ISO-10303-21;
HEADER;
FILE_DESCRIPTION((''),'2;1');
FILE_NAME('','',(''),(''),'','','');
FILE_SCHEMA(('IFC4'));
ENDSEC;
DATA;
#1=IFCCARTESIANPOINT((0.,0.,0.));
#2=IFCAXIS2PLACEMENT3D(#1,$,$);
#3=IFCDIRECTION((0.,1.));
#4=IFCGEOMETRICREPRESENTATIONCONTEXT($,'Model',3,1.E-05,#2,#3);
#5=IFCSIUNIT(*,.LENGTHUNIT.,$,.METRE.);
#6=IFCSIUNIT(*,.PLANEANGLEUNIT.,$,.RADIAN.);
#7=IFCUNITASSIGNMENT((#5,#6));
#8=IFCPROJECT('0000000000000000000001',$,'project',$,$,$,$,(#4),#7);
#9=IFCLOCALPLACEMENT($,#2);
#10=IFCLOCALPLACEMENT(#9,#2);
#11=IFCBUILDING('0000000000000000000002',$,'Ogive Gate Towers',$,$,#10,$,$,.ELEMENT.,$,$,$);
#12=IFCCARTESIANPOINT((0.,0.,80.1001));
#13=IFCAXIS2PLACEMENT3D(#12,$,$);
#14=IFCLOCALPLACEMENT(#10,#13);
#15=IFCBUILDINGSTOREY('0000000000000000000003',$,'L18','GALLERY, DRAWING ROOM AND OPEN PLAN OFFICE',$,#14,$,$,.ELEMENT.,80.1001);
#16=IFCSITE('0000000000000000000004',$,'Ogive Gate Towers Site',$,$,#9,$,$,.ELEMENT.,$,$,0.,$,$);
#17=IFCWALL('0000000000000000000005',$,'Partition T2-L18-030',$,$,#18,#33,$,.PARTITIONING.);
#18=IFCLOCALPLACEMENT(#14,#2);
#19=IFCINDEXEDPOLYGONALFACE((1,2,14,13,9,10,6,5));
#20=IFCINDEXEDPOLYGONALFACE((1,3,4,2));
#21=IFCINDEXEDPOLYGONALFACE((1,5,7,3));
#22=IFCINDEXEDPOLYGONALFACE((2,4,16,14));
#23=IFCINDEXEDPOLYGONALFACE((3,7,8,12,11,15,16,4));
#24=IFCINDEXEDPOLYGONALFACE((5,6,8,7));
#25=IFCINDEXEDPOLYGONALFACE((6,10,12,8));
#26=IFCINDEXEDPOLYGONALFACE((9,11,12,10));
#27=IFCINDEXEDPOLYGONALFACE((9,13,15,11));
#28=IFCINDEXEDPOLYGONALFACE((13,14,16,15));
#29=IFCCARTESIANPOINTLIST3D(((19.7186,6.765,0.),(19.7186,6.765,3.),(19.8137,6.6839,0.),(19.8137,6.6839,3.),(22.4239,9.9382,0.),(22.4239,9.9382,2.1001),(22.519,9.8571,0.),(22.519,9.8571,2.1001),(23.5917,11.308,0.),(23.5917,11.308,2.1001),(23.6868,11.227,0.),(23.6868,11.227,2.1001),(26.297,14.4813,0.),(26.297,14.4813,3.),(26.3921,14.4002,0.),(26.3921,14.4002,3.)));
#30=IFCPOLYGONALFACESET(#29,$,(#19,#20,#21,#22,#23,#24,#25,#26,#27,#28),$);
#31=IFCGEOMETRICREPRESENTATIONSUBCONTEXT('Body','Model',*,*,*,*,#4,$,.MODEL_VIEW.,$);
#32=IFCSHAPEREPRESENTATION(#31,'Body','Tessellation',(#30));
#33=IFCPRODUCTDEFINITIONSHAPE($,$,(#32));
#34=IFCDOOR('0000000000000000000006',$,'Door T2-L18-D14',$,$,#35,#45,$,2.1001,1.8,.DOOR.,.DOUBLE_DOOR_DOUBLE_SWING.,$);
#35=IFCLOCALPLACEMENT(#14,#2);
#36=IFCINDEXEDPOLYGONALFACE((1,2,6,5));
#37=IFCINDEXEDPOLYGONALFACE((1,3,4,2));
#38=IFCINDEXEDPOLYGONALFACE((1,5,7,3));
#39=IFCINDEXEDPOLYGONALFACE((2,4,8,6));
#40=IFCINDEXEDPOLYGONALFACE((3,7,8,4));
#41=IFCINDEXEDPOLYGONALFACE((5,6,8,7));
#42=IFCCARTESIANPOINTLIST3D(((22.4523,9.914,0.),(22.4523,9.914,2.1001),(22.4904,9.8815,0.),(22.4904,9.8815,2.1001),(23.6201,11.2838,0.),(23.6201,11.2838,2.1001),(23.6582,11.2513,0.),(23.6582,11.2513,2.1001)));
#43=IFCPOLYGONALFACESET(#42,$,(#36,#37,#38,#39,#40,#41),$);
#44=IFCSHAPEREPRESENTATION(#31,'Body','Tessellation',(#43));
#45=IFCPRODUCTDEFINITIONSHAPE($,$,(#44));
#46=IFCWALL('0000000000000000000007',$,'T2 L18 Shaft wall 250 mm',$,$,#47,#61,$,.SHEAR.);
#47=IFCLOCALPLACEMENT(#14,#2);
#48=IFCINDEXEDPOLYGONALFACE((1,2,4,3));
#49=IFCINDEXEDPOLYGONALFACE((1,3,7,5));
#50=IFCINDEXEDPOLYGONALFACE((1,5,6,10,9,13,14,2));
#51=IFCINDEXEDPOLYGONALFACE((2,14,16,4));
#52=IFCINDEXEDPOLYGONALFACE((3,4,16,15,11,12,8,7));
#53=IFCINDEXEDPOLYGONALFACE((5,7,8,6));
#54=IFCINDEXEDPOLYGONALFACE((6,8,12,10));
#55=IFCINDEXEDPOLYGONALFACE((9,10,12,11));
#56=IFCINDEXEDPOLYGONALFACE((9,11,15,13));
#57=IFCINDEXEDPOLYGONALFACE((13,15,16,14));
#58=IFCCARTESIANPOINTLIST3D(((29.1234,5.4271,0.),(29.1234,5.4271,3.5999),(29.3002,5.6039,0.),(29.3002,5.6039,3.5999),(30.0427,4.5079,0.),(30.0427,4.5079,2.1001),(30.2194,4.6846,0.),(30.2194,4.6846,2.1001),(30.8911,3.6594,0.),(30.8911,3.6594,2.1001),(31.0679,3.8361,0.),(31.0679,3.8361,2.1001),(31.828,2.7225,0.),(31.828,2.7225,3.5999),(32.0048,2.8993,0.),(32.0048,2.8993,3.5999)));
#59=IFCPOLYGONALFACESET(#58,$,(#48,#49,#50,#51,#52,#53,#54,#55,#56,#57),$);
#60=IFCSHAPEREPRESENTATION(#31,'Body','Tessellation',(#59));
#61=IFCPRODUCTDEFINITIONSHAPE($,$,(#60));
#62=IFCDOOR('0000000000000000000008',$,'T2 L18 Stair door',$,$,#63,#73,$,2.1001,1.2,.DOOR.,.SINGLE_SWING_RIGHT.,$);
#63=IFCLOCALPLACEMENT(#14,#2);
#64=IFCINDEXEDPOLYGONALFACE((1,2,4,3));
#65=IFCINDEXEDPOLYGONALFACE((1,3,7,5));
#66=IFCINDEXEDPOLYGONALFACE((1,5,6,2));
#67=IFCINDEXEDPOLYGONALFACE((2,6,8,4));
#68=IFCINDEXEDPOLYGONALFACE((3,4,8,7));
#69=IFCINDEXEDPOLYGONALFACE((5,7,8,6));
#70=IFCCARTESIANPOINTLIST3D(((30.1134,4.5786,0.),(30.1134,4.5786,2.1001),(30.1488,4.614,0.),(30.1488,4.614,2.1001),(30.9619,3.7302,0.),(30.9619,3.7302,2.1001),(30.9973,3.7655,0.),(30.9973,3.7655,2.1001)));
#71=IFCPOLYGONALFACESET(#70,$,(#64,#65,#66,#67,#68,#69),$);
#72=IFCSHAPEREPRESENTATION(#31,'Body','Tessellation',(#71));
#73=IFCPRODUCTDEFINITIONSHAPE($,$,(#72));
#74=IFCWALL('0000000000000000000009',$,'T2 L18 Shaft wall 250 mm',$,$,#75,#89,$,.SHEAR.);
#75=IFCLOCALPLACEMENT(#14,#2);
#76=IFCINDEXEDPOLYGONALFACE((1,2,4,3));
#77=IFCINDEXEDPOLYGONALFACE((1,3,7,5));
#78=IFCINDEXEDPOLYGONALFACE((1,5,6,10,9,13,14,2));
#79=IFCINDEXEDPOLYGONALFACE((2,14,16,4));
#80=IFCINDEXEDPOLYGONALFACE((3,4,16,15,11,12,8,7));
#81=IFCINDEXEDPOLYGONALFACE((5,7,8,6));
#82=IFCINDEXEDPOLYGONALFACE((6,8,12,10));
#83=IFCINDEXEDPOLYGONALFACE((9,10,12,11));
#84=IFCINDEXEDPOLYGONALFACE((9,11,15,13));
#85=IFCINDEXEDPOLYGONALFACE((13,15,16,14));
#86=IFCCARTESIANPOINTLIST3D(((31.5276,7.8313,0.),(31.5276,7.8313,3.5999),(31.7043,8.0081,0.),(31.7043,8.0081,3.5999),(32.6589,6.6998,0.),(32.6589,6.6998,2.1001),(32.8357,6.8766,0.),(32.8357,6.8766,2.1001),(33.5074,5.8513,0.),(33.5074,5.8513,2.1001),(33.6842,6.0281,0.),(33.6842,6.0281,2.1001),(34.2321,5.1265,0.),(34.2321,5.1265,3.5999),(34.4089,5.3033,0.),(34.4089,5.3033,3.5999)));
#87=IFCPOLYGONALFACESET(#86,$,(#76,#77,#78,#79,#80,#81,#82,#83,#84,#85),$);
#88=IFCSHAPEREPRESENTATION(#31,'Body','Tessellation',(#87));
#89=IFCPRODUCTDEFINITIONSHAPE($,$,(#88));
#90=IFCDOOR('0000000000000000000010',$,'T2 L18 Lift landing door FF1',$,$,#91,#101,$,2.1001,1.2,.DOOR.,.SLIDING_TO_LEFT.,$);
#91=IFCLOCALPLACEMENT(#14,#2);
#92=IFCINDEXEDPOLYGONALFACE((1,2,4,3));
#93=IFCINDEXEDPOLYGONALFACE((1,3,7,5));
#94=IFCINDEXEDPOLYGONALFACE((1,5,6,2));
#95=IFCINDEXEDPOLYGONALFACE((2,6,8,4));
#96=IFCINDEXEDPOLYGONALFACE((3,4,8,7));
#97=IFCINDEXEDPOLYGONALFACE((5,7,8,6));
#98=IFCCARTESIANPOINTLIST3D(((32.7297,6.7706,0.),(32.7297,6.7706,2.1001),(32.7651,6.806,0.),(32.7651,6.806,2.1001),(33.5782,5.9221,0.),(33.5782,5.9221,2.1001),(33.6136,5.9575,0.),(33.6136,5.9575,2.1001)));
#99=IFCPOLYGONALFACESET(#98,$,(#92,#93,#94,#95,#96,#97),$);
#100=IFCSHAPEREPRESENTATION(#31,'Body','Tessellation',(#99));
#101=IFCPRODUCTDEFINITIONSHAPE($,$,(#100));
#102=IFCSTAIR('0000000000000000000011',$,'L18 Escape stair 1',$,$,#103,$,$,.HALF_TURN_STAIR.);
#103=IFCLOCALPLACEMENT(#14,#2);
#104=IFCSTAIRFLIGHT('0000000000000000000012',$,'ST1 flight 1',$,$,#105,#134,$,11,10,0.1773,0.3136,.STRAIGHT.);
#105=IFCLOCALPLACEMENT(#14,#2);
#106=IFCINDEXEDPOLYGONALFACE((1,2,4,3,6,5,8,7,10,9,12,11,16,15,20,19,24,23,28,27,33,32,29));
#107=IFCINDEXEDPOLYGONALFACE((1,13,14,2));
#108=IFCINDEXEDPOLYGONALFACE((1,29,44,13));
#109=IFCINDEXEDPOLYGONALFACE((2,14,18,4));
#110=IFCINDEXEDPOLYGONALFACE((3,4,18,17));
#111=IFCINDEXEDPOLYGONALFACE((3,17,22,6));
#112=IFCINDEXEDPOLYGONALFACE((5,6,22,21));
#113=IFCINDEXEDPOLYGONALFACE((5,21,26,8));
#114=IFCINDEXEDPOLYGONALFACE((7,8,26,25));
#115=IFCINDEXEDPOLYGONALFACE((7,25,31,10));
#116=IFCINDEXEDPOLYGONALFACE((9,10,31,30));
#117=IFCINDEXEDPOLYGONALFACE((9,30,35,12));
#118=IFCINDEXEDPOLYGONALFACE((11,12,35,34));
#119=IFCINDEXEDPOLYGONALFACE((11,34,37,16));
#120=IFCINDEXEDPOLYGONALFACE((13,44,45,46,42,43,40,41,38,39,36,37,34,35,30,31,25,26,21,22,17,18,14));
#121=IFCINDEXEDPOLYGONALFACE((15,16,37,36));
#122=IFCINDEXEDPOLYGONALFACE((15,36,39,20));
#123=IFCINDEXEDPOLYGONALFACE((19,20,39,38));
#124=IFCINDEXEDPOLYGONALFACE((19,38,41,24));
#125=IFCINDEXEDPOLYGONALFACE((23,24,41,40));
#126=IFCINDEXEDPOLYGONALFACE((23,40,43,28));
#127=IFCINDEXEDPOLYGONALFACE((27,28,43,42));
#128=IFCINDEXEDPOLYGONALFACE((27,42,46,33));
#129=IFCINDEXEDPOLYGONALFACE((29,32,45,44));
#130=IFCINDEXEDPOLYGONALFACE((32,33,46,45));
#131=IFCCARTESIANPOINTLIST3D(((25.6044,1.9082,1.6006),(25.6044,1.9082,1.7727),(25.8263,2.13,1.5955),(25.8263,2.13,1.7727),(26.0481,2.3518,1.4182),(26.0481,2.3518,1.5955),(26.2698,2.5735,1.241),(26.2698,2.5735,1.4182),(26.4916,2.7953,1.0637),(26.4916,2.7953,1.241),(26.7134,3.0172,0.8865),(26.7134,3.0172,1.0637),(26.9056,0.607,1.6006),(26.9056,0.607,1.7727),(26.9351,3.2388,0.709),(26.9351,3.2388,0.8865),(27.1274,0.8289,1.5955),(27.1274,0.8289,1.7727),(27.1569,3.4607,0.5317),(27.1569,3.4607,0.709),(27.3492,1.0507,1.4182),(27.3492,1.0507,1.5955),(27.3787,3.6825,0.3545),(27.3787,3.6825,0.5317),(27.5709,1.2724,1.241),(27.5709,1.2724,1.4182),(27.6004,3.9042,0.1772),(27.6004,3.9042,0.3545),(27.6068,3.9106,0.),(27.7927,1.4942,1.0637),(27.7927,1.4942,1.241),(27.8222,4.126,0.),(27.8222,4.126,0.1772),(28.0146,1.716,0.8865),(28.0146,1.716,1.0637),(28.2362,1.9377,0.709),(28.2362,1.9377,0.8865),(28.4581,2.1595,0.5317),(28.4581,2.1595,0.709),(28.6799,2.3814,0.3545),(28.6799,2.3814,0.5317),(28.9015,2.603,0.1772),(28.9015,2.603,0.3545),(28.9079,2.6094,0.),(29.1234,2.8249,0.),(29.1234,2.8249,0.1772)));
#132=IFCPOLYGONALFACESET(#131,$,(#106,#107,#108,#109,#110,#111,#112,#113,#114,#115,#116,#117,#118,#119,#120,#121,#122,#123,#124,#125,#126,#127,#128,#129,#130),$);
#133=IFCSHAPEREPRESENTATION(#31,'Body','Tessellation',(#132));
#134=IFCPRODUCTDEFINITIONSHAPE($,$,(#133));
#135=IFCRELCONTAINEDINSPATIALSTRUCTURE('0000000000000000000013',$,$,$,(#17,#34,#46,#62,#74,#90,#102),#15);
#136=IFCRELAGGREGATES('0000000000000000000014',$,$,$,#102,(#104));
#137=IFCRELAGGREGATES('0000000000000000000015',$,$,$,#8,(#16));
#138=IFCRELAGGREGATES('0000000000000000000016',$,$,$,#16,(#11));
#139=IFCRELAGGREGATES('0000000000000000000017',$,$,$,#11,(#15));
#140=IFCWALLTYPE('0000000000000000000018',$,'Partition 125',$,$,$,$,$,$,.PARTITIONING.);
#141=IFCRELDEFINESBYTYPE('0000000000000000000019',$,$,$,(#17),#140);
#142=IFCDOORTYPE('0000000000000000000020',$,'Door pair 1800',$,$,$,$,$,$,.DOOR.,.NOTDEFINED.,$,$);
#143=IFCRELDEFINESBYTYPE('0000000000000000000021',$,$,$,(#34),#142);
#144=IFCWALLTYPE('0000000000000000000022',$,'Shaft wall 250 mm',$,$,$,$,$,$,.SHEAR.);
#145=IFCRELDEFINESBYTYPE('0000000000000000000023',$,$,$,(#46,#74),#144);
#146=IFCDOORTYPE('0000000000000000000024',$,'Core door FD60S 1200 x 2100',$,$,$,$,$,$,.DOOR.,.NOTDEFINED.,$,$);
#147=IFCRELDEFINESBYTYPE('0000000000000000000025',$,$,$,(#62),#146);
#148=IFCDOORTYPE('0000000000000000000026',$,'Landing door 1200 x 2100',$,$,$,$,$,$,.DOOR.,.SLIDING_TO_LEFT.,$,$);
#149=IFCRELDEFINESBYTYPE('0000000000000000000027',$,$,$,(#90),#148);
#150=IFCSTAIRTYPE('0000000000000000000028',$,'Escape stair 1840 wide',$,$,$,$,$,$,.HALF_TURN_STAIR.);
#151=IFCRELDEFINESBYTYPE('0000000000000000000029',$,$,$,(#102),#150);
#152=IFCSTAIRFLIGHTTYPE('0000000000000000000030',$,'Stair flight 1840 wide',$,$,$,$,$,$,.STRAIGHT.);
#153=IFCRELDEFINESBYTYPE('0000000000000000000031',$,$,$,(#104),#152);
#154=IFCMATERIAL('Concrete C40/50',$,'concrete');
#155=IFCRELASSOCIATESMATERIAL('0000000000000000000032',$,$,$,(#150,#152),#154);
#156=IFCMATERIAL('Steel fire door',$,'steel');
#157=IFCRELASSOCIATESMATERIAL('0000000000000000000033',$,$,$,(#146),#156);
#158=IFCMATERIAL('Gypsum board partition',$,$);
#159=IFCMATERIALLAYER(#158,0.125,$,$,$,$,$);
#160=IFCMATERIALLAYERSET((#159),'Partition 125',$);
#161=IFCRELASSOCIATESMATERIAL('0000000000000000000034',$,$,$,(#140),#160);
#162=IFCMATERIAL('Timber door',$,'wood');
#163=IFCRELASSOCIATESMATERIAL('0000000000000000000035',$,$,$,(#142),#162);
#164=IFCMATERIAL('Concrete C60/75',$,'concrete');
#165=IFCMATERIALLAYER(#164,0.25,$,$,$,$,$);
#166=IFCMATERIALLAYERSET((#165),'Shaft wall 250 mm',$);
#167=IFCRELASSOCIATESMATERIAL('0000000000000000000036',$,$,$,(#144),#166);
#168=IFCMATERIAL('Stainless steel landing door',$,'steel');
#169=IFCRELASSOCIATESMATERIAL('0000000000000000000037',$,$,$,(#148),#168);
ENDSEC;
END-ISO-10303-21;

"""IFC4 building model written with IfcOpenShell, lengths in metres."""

from ifc_helpers import new_model, si_unit, direction, frame, frame_2d, origin, place, context, subcontext, project, spatial, polyline, rectangle, outline, extrude, material, layer, layer_set, type_object, element, fill, aggregate, save


model = new_model("IFC4")

# Units and contexts
model_context = context("Model", 3, precision=1e-05, world=origin(), true_north=direction((0.0, 1.0)))
body_context = subcontext(model_context, "Body", "Model", "MODEL_VIEW")
ifc_project = project(units=[si_unit("LENGTHUNIT", "METRE"), si_unit("PLANEANGLEUNIT", "RADIAN")], contexts=[model_context])

# Site, building, storey
site_placement = place(None, origin())
site = spatial("IfcSite", under=ifc_project, at=site_placement, Name="Ogive Gate Towers Site", CompositionType="ELEMENT", RefElevation=0.0)
building_placement = place(site_placement, origin())
building = spatial("IfcBuilding", under=site, at=building_placement, Name="Ogive Gate Towers", CompositionType="ELEMENT")
storey_placement = place(building_placement, frame((0.0, 0.0, 80.1001)))
storey = spatial("IfcBuildingStorey", under=building, at=storey_placement, Name="L18", Description="GALLERY, DRAWING ROOM AND OPEN PLAN OFFICE", CompositionType="ELEMENT", Elevation=80.1001)

# Shared definitions
ifc_material_1 = material(Name="Concrete C40/50", Category="concrete")

# Shared definitions
stair_type = type_object("IfcStairType", Name="Escape stair 1840 wide", PredefinedType="HALF_TURN_STAIR", material=ifc_material_1)

# Shared definitions
ifc_material_2 = material(Name="Concrete C60/75", Category="concrete")
ifc_material_3 = material(Name="Timber door", Category="wood")
ifc_material_4 = material(Name="Steel fire door", Category="steel")
door_type_1 = type_object("IfcDoorType", Name="Core door FD60S 1200 x 2100", OperationType="NOTDEFINED", PredefinedType="DOOR", material=ifc_material_4)

# Shared definitions
ifc_material_5 = material(Name="Gypsum board partition")
ifc_layer_1 = layer(ifc_material_5, 0.125)
ifc_layer_set_1 = layer_set([ifc_layer_1], Name="Partition 125")
wall_type_1 = type_object("IfcWallType", Name="Partition 125", PredefinedType="PARTITIONING", material=ifc_layer_set_1)

# Walls, openings, doors
door_type_2 = type_object("IfcDoorType", Name="Door pair 1800", OperationType="NOTDEFINED", PredefinedType="DOOR", material=ifc_material_3)
wall_1_placement = place(storey_placement, frame((26.3445, 14.4407, 0.0), z_axis=(0.0, 0.0, 1.0), x_axis=(-0.648765, -0.760989, 0.0)))
wall_1 = element("IfcWall", 1, at=wall_1_placement, inside=storey, type_object=wall_type_1, Name="Partition T2-L18-030", PredefinedType="PARTITIONING", context=body_context, shape_type="SweptSolid", body=[
    extrude(rectangle(XDim=10.1399, YDim=0.125, at=frame_2d((5.0698, 0.0))), origin(), (0.0, 0.0, 1.0), 3.0),
])
opening_1_placement = place(wall_1_placement, frame((4.1699, 0.0, 0.0)))
opening_1 = element("IfcOpeningElement", 2, at=opening_1_placement, cuts=wall_1, PredefinedType="OPENING", context=body_context, shape_type="SweptSolid", body=[
    extrude(rectangle(XDim=1.8, YDim=2.1001, at=frame_2d((0.8999, 1.05))), frame((0.0, 0.0725, 0.0), z_axis=(0.0, -1.0, 0.0), x_axis=(1.0, 0.0, 0.0)), (0.0, 0.0, 1.0), 0.145),
])
door_1_placement = place(opening_1_placement, origin())
door_1 = element("IfcDoor", 3, at=door_1_placement, inside=storey, type_object=door_type_2, Name="Door T2-L18-D14", OperationType="DOUBLE_DOOR_DOUBLE_SWING", OverallHeight=2.1001, OverallWidth=1.8, PredefinedType="DOOR", context=body_context, shape_type="SweptSolid", body=[
    extrude(rectangle(XDim=1.8, YDim=2.1001, at=frame_2d((0.8999, 1.05))), frame((0.0, 0.0249, 0.0), z_axis=(0.0, -1.0, 0.0), x_axis=(1.0, 0.0, 0.0)), (0.0, 0.0, 1.0), 0.05),
])
fill(opening_1, door_1)
ifc_layer_2 = layer(ifc_material_2, 0.25)
ifc_layer_set_2 = layer_set([ifc_layer_2], Name="Shaft wall 250 mm")
wall_type_2 = type_object("IfcWallType", Name="Shaft wall 250 mm", PredefinedType="SHEAR", material=ifc_layer_set_2)
wall_2_placement = place(storey_placement, frame((31.9165, 2.8108, 0.0), z_axis=(0.0, 0.0, 1.0), x_axis=(-0.707107, 0.707107, 0.0)))
wall_2 = element("IfcWall", 4, at=wall_2_placement, inside=storey, type_object=wall_type_2, Name="T2 L18 Shaft wall 250 mm", PredefinedType="SHEAR", context=body_context, shape_type="SweptSolid", body=[
    extrude(rectangle(XDim=3.825, YDim=0.25, at=frame_2d((1.9126, 0.0))), origin(), (0.0, 0.0, 1.0), 3.5999),
])
opening_2_placement = place(wall_2_placement, frame((1.325, 0.0, 0.0)))
opening_2 = element("IfcOpeningElement", 5, at=opening_2_placement, cuts=wall_2, PredefinedType="OPENING", context=body_context, shape_type="SweptSolid", body=[
    extrude(rectangle(XDim=1.2, YDim=2.1001, at=frame_2d((0.6001, 1.05))), frame((0.0, 0.135, 0.0), z_axis=(0.0, -1.0, 0.0), x_axis=(1.0, 0.0, 0.0)), (0.0, 0.0, 1.0), 0.27),
])
door_2_placement = place(opening_2_placement, origin())
door_2 = element("IfcDoor", 6, at=door_2_placement, inside=storey, type_object=door_type_1, Name="T2 L18 Stair door", OperationType="SINGLE_SWING_RIGHT", OverallHeight=2.1001, OverallWidth=1.2, PredefinedType="DOOR", context=body_context, shape_type="SweptSolid", body=[
    extrude(rectangle(XDim=1.2, YDim=2.1001, at=frame_2d((0.6001, 1.05))), frame((0.0, 0.0249, 0.0), z_axis=(0.0, -1.0, 0.0), x_axis=(1.0, 0.0, 0.0)), (0.0, 0.0, 1.0), 0.05),
])
fill(opening_2, door_2)
wall_3_placement = place(storey_placement, frame((34.3206, 5.2148, 0.0), z_axis=(0.0, 0.0, 1.0), x_axis=(-0.707075, 0.707139, 0.0)))
wall_3 = element("IfcWall", 7, at=wall_3_placement, inside=storey, type_object=wall_type_2, Name="T2 L18 Shaft wall 250 mm", PredefinedType="SHEAR", context=body_context, shape_type="SweptSolid", body=[
    extrude(rectangle(XDim=3.825, YDim=0.25, at=frame_2d((1.9126, 0.0))), origin(), (0.0, 0.0, 1.0), 3.5999),
])
opening_3_placement = place(wall_3_placement, frame((1.0249, 0.0, 0.0)))
opening_3 = element("IfcOpeningElement", 8, at=opening_3_placement, cuts=wall_3, PredefinedType="OPENING", context=body_context, shape_type="SweptSolid", body=[
    extrude(rectangle(XDim=1.2, YDim=2.1001, at=frame_2d((0.6001, 1.05))), frame((0.0, 0.135, 0.0), z_axis=(0.0, -1.0, 0.0), x_axis=(1.0, 0.0, 0.0)), (0.0, 0.0, 1.0), 0.27),
])
ifc_material_6 = material(Name="Stainless steel landing door", Category="steel")
door_type_3 = type_object("IfcDoorType", Name="Landing door 1200 x 2100", OperationType="SLIDING_TO_LEFT", PredefinedType="DOOR", material=ifc_material_6)
door_3_placement = place(opening_3_placement, origin())
door_3 = element("IfcDoor", 9, at=door_3_placement, inside=storey, type_object=door_type_3, Name="T2 L18 Lift landing door FF1", OperationType="SLIDING_TO_LEFT", OverallHeight=2.1001, OverallWidth=1.2, PredefinedType="DOOR", context=body_context, shape_type="SweptSolid", body=[
    extrude(rectangle(XDim=1.2, YDim=2.1001, at=frame_2d((0.6001, 1.05))), frame((0.0, 0.0249, 0.0), z_axis=(0.0, -1.0, 0.0), x_axis=(1.0, 0.0, 0.0)), (0.0, 0.0, 1.0), 0.05),
])
fill(opening_3, door_3)

# Stair, stair flight
stair_1_placement = place(storey_placement, origin())
stair_1 = element("IfcStair", 10, at=stair_1_placement, inside=storey, type_object=stair_type, Name="L18 Escape stair 1", PredefinedType="HALF_TURN_STAIR")
stair_flight_type = type_object("IfcStairFlightType", Name="Stair flight 1840 wide", PredefinedType="STRAIGHT", material=ifc_material_1)
stair_flight_placement = place(storey_placement, frame((28.4729, 3.4753, 0.0), z_axis=(0.0, 0.0, 1.0), x_axis=(-0.707107, -0.707107, 0.0)))
stair_flight = element("IfcStairFlight", 11, at=stair_flight_placement, type_object=stair_flight_type, Name="ST1 flight 1", NumberOfRisers=11, NumberOfTreads=10, PredefinedType="STRAIGHT", RiserHeight=0.1773, TreadLength=0.3136, context=body_context, shape_type="SweptSolid", body=[
    extrude(outline(polyline([(0.0, 0.0), (0.0, 0.1772), (0.3137, 0.1772), (0.3137, 0.3545), (0.6272, 0.3545), (0.6272, 0.5317), (0.9409, 0.5317), (0.9409, 0.709), (1.2546, 0.709), (1.2546, 0.8865), (1.5681, 0.8865), (1.5681, 1.0637), (1.8818, 1.0637), (1.8818, 1.241), (2.1956, 1.241), (2.1956, 1.4182), (2.509, 1.4182), (2.509, 1.5955), (2.8228, 1.5955), (2.8228, 1.7727), (3.1365, 1.7727), (3.1365, 1.95), (3.1365, 1.6006), (0.3047, 0.0), (0.0, 0.0)])), frame((0.0, 0.9199, 0.0), z_axis=(0.0, -1.0, 0.0), x_axis=(1.0, 0.0, 0.0)), (0.0, 0.0, 1.0), 1.8401),
])
aggregate(stair_1, [stair_flight])

save(model, "model.ifc")
